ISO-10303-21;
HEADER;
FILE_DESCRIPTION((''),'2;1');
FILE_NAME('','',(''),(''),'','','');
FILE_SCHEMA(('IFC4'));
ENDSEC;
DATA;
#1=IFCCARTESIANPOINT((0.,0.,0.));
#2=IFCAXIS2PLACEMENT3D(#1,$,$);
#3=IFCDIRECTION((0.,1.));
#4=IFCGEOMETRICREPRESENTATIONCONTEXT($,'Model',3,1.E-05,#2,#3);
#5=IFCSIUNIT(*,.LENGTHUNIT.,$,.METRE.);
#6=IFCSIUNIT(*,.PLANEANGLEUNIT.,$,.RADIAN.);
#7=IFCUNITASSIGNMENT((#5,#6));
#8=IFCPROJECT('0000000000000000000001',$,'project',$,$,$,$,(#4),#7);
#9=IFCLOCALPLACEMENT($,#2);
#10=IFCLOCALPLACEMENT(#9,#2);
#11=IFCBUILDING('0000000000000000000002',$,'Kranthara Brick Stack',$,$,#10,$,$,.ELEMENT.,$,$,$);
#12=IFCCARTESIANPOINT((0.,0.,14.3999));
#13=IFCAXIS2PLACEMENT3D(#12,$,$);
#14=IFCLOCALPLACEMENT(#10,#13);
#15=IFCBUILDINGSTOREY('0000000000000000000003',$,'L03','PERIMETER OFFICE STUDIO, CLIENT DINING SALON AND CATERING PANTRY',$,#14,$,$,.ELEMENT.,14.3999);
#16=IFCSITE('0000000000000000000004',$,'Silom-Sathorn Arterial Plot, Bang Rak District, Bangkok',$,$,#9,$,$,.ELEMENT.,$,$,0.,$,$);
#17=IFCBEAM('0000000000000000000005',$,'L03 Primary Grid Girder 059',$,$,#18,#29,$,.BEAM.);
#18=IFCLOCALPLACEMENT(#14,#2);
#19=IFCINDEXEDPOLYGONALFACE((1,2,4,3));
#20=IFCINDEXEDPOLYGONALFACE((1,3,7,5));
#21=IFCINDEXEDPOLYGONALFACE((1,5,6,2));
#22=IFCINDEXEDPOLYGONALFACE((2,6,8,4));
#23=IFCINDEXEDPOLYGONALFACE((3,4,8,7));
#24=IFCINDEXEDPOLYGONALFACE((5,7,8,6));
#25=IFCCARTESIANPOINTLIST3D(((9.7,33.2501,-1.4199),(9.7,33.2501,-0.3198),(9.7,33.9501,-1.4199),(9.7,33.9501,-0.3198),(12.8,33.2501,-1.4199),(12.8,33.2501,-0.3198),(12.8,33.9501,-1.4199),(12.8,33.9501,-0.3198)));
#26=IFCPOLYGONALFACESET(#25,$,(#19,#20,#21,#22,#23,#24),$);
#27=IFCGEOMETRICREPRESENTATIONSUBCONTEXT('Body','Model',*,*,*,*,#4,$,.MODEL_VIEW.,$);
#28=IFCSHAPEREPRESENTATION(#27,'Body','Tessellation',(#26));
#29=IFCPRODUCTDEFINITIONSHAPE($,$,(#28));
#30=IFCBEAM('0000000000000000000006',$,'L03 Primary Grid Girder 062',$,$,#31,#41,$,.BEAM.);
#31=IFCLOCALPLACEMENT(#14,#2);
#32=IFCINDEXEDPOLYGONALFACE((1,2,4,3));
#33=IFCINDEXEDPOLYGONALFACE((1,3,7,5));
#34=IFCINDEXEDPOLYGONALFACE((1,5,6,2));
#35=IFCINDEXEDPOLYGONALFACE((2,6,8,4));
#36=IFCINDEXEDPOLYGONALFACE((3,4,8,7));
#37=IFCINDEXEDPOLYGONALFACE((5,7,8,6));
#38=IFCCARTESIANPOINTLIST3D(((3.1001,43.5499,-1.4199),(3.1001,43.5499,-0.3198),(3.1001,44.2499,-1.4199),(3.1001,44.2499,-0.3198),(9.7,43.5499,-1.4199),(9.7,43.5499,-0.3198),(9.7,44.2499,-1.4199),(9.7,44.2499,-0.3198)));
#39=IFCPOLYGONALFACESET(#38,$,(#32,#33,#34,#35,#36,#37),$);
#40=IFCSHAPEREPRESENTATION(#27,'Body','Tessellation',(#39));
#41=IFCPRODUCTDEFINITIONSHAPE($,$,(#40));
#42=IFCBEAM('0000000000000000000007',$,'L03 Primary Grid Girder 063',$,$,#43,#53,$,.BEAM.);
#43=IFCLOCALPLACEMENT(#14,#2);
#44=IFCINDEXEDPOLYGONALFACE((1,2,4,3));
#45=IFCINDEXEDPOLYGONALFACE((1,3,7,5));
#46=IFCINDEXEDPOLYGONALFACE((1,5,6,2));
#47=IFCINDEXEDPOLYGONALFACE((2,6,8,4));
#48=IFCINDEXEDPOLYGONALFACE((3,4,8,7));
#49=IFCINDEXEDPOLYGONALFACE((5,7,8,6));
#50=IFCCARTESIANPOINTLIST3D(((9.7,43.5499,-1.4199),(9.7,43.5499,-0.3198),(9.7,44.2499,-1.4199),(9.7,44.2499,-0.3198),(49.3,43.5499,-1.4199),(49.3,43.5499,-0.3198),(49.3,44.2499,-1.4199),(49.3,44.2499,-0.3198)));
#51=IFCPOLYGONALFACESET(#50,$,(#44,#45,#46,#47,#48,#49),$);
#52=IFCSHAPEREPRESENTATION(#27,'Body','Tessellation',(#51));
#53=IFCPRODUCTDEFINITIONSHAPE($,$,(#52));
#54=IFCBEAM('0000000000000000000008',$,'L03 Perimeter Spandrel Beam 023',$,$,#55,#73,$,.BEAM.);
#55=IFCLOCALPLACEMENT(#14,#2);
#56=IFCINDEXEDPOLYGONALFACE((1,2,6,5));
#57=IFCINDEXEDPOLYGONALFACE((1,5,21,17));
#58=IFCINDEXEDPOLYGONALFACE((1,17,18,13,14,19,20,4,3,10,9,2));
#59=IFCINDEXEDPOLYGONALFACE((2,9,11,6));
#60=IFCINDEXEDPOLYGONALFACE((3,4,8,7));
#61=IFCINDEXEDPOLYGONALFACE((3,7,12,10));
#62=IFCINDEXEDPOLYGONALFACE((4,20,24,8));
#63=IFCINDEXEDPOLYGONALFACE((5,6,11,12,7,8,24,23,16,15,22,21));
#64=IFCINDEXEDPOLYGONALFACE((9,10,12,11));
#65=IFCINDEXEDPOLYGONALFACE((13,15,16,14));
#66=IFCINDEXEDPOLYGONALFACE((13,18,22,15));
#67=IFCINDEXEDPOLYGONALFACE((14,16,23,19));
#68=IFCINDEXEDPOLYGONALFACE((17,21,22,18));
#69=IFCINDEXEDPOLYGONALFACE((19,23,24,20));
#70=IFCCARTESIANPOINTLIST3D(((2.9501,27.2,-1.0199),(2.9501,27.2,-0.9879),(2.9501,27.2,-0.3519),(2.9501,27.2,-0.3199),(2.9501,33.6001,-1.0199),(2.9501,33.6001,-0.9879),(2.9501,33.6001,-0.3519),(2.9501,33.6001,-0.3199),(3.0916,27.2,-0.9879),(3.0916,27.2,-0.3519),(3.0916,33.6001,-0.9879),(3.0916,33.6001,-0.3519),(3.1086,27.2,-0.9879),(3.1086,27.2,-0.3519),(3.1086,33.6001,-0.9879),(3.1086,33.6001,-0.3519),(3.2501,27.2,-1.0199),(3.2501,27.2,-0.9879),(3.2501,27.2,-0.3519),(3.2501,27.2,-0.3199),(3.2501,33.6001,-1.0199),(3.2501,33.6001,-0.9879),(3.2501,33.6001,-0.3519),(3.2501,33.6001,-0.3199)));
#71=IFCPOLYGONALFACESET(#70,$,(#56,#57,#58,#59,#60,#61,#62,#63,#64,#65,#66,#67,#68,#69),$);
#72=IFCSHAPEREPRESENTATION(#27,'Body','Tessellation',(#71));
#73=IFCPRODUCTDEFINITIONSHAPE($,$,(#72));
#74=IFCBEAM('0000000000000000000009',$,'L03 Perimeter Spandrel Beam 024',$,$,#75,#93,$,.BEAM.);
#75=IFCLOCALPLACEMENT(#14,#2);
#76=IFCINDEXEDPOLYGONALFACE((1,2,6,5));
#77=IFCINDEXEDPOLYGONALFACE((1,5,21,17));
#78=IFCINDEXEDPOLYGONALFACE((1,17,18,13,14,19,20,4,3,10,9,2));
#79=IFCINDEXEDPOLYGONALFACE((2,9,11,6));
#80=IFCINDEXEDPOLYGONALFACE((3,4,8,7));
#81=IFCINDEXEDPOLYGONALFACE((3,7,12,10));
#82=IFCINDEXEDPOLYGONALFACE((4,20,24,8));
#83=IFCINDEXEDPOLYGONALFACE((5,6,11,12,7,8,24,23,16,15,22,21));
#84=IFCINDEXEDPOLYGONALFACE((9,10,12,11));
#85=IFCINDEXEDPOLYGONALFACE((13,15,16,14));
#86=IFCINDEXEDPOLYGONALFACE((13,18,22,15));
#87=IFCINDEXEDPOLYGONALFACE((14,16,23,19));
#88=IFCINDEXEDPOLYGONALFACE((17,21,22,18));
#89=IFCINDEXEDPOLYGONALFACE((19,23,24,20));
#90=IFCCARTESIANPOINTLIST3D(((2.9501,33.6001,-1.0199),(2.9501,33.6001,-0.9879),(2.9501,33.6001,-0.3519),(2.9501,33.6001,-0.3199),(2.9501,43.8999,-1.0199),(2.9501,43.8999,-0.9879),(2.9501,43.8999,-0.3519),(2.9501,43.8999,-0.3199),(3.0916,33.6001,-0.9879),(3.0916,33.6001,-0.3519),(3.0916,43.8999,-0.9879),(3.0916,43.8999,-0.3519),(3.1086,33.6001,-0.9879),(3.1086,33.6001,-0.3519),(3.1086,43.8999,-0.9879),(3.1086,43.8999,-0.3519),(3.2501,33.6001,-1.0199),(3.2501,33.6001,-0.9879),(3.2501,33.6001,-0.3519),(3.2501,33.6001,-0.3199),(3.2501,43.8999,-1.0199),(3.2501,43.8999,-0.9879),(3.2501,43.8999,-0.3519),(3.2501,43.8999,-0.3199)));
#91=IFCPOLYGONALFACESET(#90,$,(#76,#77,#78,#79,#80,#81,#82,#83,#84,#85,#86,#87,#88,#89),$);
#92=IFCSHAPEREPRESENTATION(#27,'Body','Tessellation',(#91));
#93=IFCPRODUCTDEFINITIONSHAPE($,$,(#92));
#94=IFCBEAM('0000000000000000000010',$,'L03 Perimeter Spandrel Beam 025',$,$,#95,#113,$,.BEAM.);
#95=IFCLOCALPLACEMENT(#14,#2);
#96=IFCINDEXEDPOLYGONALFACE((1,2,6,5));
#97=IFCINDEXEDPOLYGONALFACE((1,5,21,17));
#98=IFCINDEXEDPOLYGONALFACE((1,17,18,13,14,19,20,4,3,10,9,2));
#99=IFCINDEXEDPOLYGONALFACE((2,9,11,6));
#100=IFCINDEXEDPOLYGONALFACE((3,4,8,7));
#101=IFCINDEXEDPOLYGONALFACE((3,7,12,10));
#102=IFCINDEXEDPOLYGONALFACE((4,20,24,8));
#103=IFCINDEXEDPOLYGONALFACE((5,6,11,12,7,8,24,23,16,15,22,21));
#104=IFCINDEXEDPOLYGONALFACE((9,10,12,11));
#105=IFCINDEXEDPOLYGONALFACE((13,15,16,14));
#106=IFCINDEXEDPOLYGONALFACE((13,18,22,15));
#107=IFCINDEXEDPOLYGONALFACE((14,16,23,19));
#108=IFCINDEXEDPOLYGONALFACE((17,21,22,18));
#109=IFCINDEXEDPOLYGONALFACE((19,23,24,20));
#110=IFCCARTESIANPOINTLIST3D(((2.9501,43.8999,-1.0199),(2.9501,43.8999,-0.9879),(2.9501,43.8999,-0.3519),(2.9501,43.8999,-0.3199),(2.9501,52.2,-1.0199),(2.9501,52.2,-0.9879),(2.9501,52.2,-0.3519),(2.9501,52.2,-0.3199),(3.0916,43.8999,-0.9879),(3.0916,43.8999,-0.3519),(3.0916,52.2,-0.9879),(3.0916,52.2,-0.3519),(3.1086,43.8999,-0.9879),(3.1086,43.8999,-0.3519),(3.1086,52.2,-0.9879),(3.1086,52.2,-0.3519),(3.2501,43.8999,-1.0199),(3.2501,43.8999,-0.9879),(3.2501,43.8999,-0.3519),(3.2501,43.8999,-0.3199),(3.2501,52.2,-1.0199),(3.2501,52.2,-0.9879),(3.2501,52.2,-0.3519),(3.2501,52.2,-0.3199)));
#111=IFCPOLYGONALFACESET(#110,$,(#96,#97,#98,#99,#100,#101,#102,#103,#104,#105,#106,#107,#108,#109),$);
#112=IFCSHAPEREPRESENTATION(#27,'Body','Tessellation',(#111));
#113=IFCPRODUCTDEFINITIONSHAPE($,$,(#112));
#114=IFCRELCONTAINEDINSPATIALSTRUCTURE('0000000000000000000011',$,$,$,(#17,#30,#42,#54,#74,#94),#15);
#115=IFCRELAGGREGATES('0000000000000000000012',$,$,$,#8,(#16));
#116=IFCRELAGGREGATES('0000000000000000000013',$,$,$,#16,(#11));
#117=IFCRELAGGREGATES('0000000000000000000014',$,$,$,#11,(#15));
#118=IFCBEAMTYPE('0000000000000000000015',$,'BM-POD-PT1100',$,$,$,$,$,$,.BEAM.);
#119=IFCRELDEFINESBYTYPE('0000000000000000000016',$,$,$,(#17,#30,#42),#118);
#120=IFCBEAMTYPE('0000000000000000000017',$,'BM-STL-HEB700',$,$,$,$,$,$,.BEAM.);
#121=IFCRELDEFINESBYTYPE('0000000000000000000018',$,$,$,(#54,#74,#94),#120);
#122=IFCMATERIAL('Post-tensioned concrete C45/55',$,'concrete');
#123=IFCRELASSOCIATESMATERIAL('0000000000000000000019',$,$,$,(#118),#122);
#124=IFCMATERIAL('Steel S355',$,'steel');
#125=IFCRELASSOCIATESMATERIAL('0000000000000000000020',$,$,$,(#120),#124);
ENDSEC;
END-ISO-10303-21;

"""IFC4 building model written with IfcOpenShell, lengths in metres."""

from ifc_helpers import new_model, si_unit, direction, frame, origin, origin_2d, place, context, subcontext, project, spatial, rectangle, i_section, extrude, material, material_profile, profile_set, type_object, element, save


model = new_model("IFC4")

# Units and contexts
model_context = context("Model", 3, precision=1e-05, world=origin(), true_north=direction((0.0, 1.0)))
body_context = subcontext(model_context, "Body", "Model", "MODEL_VIEW")
ifc_project = project(units=[si_unit("LENGTHUNIT", "METRE"), si_unit("PLANEANGLEUNIT", "RADIAN")], contexts=[model_context])

# Site, building, storey
site_placement = place(None, origin())
site = spatial("IfcSite", under=ifc_project, at=site_placement, Name="Silom-Sathorn Arterial Plot, Bang Rak District, Bangkok", CompositionType="ELEMENT", RefElevation=0.0)
building_placement = place(site_placement, origin())
building = spatial("IfcBuilding", under=site, at=building_placement, Name="Kranthara Brick Stack", CompositionType="ELEMENT")
storey_placement = place(building_placement, frame((0.0, 0.0, 14.3999)))
storey = spatial("IfcBuildingStorey", under=building, at=storey_placement, Name="L03", Description="PERIMETER OFFICE STUDIO, CLIENT DINING SALON AND CATERING PANTRY", CompositionType="ELEMENT", Elevation=14.3999)

# Beams
ifc_material_1 = material(Name="Post-tensioned concrete C45/55", Category="concrete")
ifc_material_profile_1 = material_profile(ifc_material_1, rectangle(XDim=0.7, YDim=1.1001, at=origin_2d()), Name="PT 700x1100")
ifc_profile_set_1 = profile_set([ifc_material_profile_1], Name="Post-tensioned concrete C45/55")
beam_type_1 = type_object("IfcBeamType", Name="BM-POD-PT1100", PredefinedType="BEAM", material=ifc_profile_set_1)
beam_1_placement = place(storey_placement, frame((9.7, 33.6001, -0.8699), z_axis=(1.0, 0.0, 0.0), x_axis=(0.0, 1.0, 0.0)))
element("IfcBeam", 1, at=beam_1_placement, inside=storey, type_object=beam_type_1, Name="L03 Primary Grid Girder 059", PredefinedType="BEAM", context=body_context, shape_type="SweptSolid", body=[
    extrude(rectangle(XDim=0.7, YDim=1.1001, at=origin_2d()), origin(), (0.0, 0.0, 1.0), 3.1001),
])
beam_2_placement = place(storey_placement, frame((3.1001, 43.8999, -0.8699), z_axis=(1.0, 0.0, 0.0), x_axis=(0.0, 1.0, 0.0)))
element("IfcBeam", 2, at=beam_2_placement, inside=storey, type_object=beam_type_1, Name="L03 Primary Grid Girder 062", PredefinedType="BEAM", context=body_context, shape_type="SweptSolid", body=[
    extrude(rectangle(XDim=0.7, YDim=1.1001, at=origin_2d()), origin(), (0.0, 0.0, 1.0), 6.5999),
])
beam_3_placement = place(storey_placement, frame((9.7, 43.8999, -0.8699), z_axis=(1.0, 0.0, 0.0), x_axis=(0.0, 1.0, 0.0)))
element("IfcBeam", 3, at=beam_3_placement, inside=storey, type_object=beam_type_1, Name="L03 Primary Grid Girder 063", PredefinedType="BEAM", context=body_context, shape_type="SweptSolid", body=[
    extrude(rectangle(XDim=0.7, YDim=1.1001, at=origin_2d()), origin(), (0.0, 0.0, 1.0), 39.6001),
])
ifc_material_2 = material(Name="Steel S355", Category="steel")
ifc_material_profile_2 = material_profile(ifc_material_2, i_section(OverallWidth=0.3, OverallDepth=0.7, WebThickness=0.0171, FlangeThickness=0.032, at=origin_2d()), Name="HEB 700")
ifc_profile_set_2 = profile_set([ifc_material_profile_2], Name="Steel S355")
beam_type_2 = type_object("IfcBeamType", Name="BM-STL-HEB700", PredefinedType="BEAM", material=ifc_profile_set_2)
beam_4_placement = place(storey_placement, frame((3.1001, 27.2, -0.6699), z_axis=(0.0, 1.0, 0.0), x_axis=(-1.0, 0.0, 0.0)))
element("IfcBeam", 4, at=beam_4_placement, inside=storey, type_object=beam_type_2, Name="L03 Perimeter Spandrel Beam 023", PredefinedType="BEAM", context=body_context, shape_type="SweptSolid", body=[
    extrude(i_section(OverallWidth=0.3, OverallDepth=0.7, WebThickness=0.0171, FlangeThickness=0.032, at=origin_2d()), origin(), (0.0, 0.0, 1.0), 6.4001),
])
beam_5_placement = place(storey_placement, frame((3.1001, 33.6001, -0.6699), z_axis=(0.0, 1.0, 0.0), x_axis=(-1.0, 0.0, 0.0)))
element("IfcBeam", 5, at=beam_5_placement, inside=storey, type_object=beam_type_2, Name="L03 Perimeter Spandrel Beam 024", PredefinedType="BEAM", context=body_context, shape_type="SweptSolid", body=[
    extrude(i_section(OverallWidth=0.3, OverallDepth=0.7, WebThickness=0.0171, FlangeThickness=0.032, at=origin_2d()), origin(), (0.0, 0.0, 1.0), 10.2998),
])
beam_6_placement = place(storey_placement, frame((3.1001, 43.8999, -0.6699), z_axis=(0.0, 1.0, 0.0), x_axis=(-1.0, 0.0, 0.0)))
element("IfcBeam", 6, at=beam_6_placement, inside=storey, type_object=beam_type_2, Name="L03 Perimeter Spandrel Beam 025", PredefinedType="BEAM", context=body_context, shape_type="SweptSolid", body=[
    extrude(i_section(OverallWidth=0.3, OverallDepth=0.7, WebThickness=0.0171, FlangeThickness=0.032, at=origin_2d()), origin(), (0.0, 0.0, 1.0), 8.3),
])

save(model, "model.ifc")
